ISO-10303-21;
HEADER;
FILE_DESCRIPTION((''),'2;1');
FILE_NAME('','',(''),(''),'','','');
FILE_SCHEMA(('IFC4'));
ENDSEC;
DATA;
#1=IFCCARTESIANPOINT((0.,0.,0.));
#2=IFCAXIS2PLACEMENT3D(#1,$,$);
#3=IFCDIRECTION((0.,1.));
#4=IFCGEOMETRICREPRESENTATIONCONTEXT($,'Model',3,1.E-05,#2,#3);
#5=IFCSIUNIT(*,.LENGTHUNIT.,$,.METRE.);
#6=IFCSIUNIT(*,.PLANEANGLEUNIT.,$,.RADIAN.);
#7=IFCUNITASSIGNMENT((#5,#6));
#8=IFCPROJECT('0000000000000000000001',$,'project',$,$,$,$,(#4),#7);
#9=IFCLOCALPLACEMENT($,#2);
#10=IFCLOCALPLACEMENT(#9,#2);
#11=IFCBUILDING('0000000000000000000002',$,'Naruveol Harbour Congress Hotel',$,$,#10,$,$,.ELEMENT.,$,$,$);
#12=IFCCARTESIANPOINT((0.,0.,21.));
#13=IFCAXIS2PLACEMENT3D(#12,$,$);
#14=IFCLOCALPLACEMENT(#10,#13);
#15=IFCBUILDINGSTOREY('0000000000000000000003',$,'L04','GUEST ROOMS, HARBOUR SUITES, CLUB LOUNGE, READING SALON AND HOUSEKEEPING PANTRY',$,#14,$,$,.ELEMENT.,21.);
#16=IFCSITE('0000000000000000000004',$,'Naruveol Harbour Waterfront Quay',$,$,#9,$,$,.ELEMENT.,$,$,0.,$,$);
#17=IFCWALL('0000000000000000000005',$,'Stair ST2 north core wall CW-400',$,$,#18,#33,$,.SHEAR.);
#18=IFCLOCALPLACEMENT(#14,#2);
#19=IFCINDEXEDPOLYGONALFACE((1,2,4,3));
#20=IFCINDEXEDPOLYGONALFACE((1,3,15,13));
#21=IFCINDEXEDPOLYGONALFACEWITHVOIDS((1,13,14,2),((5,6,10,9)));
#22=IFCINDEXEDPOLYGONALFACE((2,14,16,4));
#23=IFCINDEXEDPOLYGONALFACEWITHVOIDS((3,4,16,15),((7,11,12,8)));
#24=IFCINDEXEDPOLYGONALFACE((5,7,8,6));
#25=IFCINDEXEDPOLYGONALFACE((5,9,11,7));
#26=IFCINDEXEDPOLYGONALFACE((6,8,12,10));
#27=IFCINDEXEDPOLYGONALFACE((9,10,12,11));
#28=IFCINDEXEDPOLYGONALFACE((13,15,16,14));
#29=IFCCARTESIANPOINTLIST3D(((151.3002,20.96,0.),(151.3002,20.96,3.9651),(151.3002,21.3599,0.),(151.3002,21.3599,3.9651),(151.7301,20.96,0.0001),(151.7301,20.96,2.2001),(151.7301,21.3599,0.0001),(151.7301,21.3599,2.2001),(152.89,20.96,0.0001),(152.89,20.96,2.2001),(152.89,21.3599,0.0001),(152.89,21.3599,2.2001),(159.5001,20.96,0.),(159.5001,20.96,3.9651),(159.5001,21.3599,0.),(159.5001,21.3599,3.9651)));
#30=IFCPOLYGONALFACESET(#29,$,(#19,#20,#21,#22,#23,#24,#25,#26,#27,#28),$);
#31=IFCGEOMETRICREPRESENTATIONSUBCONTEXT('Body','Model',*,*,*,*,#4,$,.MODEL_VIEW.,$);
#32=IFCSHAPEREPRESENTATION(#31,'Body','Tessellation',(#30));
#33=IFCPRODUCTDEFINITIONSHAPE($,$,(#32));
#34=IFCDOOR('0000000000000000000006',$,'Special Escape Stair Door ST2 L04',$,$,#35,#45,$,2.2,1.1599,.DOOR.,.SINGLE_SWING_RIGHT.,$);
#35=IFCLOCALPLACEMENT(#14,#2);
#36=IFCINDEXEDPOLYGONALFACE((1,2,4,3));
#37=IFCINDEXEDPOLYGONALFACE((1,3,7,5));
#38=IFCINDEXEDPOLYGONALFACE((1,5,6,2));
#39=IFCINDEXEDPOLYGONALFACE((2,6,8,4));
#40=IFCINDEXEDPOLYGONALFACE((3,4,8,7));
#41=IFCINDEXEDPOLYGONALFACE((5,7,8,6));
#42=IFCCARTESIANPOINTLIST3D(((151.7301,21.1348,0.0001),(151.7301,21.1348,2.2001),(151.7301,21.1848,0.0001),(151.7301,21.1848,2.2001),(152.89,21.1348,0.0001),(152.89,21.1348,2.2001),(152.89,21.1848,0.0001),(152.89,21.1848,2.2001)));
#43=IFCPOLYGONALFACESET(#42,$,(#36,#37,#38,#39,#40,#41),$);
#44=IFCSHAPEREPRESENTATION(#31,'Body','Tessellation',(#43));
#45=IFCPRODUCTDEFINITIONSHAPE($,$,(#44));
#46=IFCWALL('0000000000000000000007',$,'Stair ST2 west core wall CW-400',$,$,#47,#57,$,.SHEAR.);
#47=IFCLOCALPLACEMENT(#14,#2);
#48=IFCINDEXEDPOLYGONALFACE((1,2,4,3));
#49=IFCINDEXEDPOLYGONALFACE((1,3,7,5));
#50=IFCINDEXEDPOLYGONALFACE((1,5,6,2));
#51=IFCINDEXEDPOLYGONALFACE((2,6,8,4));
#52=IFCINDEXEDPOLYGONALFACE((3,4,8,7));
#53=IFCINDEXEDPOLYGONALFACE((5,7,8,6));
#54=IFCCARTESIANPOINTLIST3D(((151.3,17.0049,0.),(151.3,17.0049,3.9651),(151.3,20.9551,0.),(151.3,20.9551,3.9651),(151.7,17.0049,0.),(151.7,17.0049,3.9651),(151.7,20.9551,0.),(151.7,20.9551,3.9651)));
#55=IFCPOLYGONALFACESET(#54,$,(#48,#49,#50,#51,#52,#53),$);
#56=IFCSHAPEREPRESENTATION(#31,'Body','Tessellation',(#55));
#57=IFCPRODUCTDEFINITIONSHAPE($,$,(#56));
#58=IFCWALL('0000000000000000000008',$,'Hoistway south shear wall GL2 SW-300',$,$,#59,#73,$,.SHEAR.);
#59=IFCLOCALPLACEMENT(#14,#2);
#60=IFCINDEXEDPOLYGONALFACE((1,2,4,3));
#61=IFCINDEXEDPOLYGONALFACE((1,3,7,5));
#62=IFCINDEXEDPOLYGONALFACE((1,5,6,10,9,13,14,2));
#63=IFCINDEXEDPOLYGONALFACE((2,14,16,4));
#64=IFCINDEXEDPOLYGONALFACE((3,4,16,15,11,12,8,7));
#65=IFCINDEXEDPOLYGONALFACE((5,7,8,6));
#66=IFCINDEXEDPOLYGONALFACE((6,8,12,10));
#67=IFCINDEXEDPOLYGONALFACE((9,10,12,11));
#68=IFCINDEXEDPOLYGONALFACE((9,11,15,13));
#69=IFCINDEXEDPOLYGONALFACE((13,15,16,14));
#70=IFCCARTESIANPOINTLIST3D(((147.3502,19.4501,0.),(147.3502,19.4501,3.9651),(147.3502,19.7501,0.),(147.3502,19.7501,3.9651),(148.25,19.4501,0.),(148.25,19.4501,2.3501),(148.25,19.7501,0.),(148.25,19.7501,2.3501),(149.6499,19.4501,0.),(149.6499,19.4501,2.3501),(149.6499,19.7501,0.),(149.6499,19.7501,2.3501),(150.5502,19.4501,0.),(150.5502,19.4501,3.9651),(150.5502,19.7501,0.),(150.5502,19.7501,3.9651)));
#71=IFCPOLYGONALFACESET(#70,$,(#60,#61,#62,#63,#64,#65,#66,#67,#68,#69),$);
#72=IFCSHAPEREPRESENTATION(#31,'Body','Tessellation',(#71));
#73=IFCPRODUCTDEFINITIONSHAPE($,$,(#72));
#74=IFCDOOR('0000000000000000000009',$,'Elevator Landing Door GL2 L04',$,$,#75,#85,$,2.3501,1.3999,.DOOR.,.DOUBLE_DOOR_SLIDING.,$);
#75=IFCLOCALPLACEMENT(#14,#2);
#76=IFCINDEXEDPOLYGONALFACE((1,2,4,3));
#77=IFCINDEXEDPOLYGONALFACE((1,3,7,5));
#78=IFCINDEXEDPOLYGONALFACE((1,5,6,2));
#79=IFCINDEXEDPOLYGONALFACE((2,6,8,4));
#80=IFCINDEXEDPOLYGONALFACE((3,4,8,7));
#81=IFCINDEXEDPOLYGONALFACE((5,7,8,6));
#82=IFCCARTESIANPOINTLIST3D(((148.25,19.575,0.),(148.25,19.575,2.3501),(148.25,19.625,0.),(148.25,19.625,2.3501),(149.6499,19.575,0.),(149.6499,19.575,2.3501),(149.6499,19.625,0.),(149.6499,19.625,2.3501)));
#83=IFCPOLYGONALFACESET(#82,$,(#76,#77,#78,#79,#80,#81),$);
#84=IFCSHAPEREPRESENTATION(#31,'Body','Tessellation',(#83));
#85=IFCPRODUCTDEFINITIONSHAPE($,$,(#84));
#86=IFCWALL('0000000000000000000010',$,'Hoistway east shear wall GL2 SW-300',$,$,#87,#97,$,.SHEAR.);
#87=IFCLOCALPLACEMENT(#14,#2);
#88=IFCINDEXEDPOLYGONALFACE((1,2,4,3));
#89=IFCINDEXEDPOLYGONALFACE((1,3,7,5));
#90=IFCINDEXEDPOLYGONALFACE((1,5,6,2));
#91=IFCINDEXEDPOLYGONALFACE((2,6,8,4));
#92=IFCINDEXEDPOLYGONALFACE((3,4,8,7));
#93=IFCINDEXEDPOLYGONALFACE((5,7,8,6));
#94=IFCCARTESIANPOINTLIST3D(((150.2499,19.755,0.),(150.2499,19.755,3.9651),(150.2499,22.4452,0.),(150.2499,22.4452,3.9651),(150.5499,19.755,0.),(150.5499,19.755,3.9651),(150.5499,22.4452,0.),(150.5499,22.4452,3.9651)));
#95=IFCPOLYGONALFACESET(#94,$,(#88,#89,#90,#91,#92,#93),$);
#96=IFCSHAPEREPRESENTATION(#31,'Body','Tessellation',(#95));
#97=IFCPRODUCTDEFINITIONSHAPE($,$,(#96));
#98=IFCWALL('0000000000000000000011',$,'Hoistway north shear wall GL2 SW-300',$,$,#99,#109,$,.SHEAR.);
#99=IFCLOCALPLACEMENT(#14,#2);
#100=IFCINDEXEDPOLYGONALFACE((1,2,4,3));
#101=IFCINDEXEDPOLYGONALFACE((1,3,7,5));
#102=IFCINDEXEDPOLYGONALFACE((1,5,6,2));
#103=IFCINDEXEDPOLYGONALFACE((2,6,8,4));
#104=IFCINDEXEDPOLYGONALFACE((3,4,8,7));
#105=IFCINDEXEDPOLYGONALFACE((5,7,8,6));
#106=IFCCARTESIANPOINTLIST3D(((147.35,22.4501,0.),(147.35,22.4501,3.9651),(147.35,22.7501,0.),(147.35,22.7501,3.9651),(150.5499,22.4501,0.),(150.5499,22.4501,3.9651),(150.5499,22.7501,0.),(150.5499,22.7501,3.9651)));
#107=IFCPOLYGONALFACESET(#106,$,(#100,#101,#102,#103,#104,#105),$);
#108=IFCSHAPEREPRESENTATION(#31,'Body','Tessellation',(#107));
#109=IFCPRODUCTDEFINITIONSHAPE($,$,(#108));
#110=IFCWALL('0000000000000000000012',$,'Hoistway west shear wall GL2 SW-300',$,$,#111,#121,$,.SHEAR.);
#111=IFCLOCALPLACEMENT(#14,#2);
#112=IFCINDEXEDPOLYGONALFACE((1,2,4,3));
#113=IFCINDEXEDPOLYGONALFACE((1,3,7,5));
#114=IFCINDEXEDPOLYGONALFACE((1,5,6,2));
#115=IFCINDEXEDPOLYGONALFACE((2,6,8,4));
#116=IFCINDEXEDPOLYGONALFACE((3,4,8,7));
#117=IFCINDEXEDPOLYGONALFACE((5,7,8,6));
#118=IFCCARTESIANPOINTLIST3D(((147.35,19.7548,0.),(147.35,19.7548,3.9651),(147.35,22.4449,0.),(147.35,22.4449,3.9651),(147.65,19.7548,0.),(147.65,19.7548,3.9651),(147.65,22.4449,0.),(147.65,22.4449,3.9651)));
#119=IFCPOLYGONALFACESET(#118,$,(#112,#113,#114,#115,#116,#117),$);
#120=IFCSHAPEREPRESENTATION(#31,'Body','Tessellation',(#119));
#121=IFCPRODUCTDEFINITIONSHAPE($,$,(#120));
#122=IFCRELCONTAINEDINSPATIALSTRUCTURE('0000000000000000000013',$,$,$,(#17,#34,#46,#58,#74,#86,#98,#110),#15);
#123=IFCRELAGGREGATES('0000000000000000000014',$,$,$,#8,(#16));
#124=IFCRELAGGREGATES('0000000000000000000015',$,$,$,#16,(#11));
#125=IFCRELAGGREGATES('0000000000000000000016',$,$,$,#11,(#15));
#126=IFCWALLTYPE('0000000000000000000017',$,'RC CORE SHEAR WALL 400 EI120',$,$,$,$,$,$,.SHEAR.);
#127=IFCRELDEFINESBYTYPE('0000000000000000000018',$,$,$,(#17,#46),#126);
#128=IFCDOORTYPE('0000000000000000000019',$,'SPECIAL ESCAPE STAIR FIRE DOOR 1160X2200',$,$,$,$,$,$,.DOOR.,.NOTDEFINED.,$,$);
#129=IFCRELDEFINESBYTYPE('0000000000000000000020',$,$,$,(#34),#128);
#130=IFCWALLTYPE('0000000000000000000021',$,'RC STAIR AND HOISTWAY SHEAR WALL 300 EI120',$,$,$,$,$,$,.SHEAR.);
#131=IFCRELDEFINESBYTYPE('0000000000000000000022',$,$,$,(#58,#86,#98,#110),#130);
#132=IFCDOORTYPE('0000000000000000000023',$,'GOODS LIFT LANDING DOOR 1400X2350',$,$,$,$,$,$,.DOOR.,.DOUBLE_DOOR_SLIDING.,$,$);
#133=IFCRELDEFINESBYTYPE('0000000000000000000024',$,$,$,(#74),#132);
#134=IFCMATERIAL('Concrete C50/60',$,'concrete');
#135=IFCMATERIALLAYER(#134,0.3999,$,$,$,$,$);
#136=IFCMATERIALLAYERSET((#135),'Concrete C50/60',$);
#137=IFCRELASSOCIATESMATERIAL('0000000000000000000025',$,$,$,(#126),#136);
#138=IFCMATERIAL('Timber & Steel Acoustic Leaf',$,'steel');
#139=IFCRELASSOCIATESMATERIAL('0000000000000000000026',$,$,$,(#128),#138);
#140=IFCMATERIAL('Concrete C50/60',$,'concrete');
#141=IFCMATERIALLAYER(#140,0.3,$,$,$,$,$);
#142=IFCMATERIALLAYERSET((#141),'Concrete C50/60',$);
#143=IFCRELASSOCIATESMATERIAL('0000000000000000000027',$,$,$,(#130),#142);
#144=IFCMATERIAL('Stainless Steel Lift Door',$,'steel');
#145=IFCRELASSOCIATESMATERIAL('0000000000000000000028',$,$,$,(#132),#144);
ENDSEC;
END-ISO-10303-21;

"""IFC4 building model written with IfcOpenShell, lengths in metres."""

from ifc_helpers import new_model, si_unit, direction, frame, frame_2d, origin, place, context, subcontext, project, spatial, rectangle, extrude, material, layer, layer_set, type_object, element, fill, save


model = new_model("IFC4")

# Units and contexts
model_context = context("Model", 3, precision=1e-05, world=origin(), true_north=direction((0.0, 1.0)))
body_context = subcontext(model_context, "Body", "Model", "MODEL_VIEW")
ifc_project = project(units=[si_unit("LENGTHUNIT", "METRE"), si_unit("PLANEANGLEUNIT", "RADIAN")], contexts=[model_context])

# Site, building, storey
site_placement = place(None, origin())
site = spatial("IfcSite", under=ifc_project, at=site_placement, Name="Naruveol Harbour Waterfront Quay", CompositionType="ELEMENT", RefElevation=0.0)
building_placement = place(site_placement, origin())
building = spatial("IfcBuilding", under=site, at=building_placement, Name="Naruveol Harbour Congress Hotel", CompositionType="ELEMENT")
storey_placement = place(building_placement, frame((0.0, 0.0, 21.0)))
storey = spatial("IfcBuildingStorey", under=building, at=storey_placement, Name="L04", Description="GUEST ROOMS, HARBOUR SUITES, CLUB LOUNGE, READING SALON AND HOUSEKEEPING PANTRY", CompositionType="ELEMENT", Elevation=21.0)

# Shared definitions
ifc_material_1 = material(Name="Concrete C50/60", Category="concrete")
ifc_layer_1 = layer(ifc_material_1, 0.3999)
ifc_layer_set_1 = layer_set([ifc_layer_1], Name="Concrete C50/60")
wall_type_1 = type_object("IfcWallType", Name="RC CORE SHEAR WALL 400 EI120", PredefinedType="SHEAR", material=ifc_layer_set_1)

# Wall, opening, door
wall_1_placement = place(storey_placement, frame((151.3, 21.1599, 0.0), z_axis=(0.0, 0.0, 1.0), x_axis=(1.0, 0.0, 0.0)))
wall_1 = element("IfcWall", 1, at=wall_1_placement, inside=storey, type_object=wall_type_1, Name="Stair ST2 north core wall CW-400", PredefinedType="SHEAR", context=body_context, shape_type="SweptSolid", body=[
    extrude(rectangle(XDim=8.2, YDim=0.3999, at=frame_2d((4.1001, 0.0))), origin(), (0.0, 0.0, 1.0), 3.9651),
])
opening_1_placement = place(wall_1_placement, frame((0.4299, 0.0, 0.0)))
opening_1 = element("IfcOpeningElement", 2, at=opening_1_placement, cuts=wall_1, PredefinedType="OPENING", context=body_context, shape_type="SweptSolid", body=[
    extrude(rectangle(XDim=1.1599, YDim=2.2, at=frame_2d((0.5801, 1.1001))), frame((0.0, 0.21, 0.0), z_axis=(0.0, -1.0, 0.0), x_axis=(1.0, 0.0, 0.0)), (0.0, 0.0, 1.0), 0.4199),
])
ifc_material_2 = material(Name="Timber & Steel Acoustic Leaf", Category="steel")
door_type_1 = type_object("IfcDoorType", Name="SPECIAL ESCAPE STAIR FIRE DOOR 1160X2200", OperationType="NOTDEFINED", PredefinedType="DOOR", material=ifc_material_2)
door_1_placement = place(opening_1_placement, origin())
door_1 = element("IfcDoor", 3, at=door_1_placement, inside=storey, type_object=door_type_1, Name="Special Escape Stair Door ST2 L04", OperationType="SINGLE_SWING_RIGHT", OverallHeight=2.2, OverallWidth=1.1599, PredefinedType="DOOR", context=body_context, shape_type="SweptSolid", body=[
    extrude(rectangle(XDim=1.1599, YDim=2.2, at=frame_2d((0.5801, 1.1001))), frame((0.0, 0.0249, 0.0), z_axis=(0.0, -1.0, 0.0), x_axis=(1.0, 0.0, 0.0)), (0.0, 0.0, 1.0), 0.05),
])
fill(opening_1, door_1)

# Wall
wall_2_placement = place(storey_placement, frame((151.5, 17.0049, 0.0), z_axis=(0.0, 0.0, 1.0), x_axis=(0.0, 1.0, 0.0)))
element("IfcWall", 4, at=wall_2_placement, inside=storey, type_object=wall_type_1, Name="Stair ST2 west core wall CW-400", PredefinedType="SHEAR", context=body_context, shape_type="SweptSolid", body=[
    extrude(rectangle(XDim=3.9502, YDim=0.3999, at=frame_2d((1.9751, 0.0))), origin(), (0.0, 0.0, 1.0), 3.9651),
])

# Wall, opening, door
ifc_material_3 = material(Name="Concrete C50/60", Category="concrete")
ifc_layer_2 = layer(ifc_material_3, 0.3)
ifc_layer_set_2 = layer_set([ifc_layer_2], Name="Concrete C50/60")
wall_type_2 = type_object("IfcWallType", Name="RC STAIR AND HOISTWAY SHEAR WALL 300 EI120", PredefinedType="SHEAR", material=ifc_layer_set_2)
wall_3_placement = place(storey_placement, frame((147.3501, 19.6001, 0.0), z_axis=(0.0, 0.0, 1.0), x_axis=(1.0, 0.0, 0.0)))
wall_3 = element("IfcWall", 5, at=wall_3_placement, inside=storey, type_object=wall_type_2, Name="Hoistway south shear wall GL2 SW-300", PredefinedType="SHEAR", context=body_context, shape_type="SweptSolid", body=[
    extrude(rectangle(XDim=3.2, YDim=0.3, at=frame_2d((1.6001, 0.0))), origin(), (0.0, 0.0, 1.0), 3.9651),
])
opening_2_placement = place(wall_3_placement, frame((0.8999, 0.0, 0.0)))
opening_2 = element("IfcOpeningElement", 6, at=opening_2_placement, cuts=wall_3, PredefinedType="OPENING", context=body_context, shape_type="SweptSolid", body=[
    extrude(rectangle(XDim=1.3999, YDim=2.3501, at=frame_2d((0.7, 1.175))), frame((0.0, 0.1599, 0.0), z_axis=(0.0, -1.0, 0.0), x_axis=(1.0, 0.0, 0.0)), (0.0, 0.0, 1.0), 0.3201),
])
ifc_material_4 = material(Name="Stainless Steel Lift Door", Category="steel")
door_type_2 = type_object("IfcDoorType", Name="GOODS LIFT LANDING DOOR 1400X2350", OperationType="DOUBLE_DOOR_SLIDING", PredefinedType="DOOR", material=ifc_material_4)
door_2_placement = place(opening_2_placement, origin())
door_2 = element("IfcDoor", 7, at=door_2_placement, inside=storey, type_object=door_type_2, Name="Elevator Landing Door GL2 L04", OperationType="DOUBLE_DOOR_SLIDING", OverallHeight=2.3501, OverallWidth=1.3999, PredefinedType="DOOR", context=body_context, shape_type="SweptSolid", body=[
    extrude(rectangle(XDim=1.3999, YDim=2.3501, at=frame_2d((0.7, 1.175))), frame((0.0, 0.0249, 0.0), z_axis=(0.0, -1.0, 0.0), x_axis=(1.0, 0.0, 0.0)), (0.0, 0.0, 1.0), 0.05),
])
fill(opening_2, door_2)

# Walls
wall_4_placement = place(storey_placement, frame((150.3999, 19.7549, 0.0), z_axis=(0.0, 0.0, 1.0), x_axis=(0.0, 1.0, 0.0)))
element("IfcWall", 8, at=wall_4_placement, inside=storey, type_object=wall_type_2, Name="Hoistway east shear wall GL2 SW-300", PredefinedType="SHEAR", context=body_context, shape_type="SweptSolid", body=[
    extrude(rectangle(XDim=2.6902, YDim=0.3, at=frame_2d((1.3452, 0.0))), origin(), (0.0, 0.0, 1.0), 3.9651),
])
wall_5_placement = place(storey_placement, frame((150.55, 22.6001, 0.0), z_axis=(0.0, 0.0, 1.0), x_axis=(-1.0, 0.0, 0.0)))
element("IfcWall", 9, at=wall_5_placement, inside=storey, type_object=wall_type_2, Name="Hoistway north shear wall GL2 SW-300", PredefinedType="SHEAR", context=body_context, shape_type="SweptSolid", body=[
    extrude(rectangle(XDim=3.2, YDim=0.3, at=frame_2d((1.6001, 0.0))), origin(), (0.0, 0.0, 1.0), 3.9651),
])
wall_6_placement = place(storey_placement, frame((147.5, 22.4451, 0.0), z_axis=(0.0, 0.0, 1.0), x_axis=(0.0, -1.0, 0.0)))
element("IfcWall", 10, at=wall_6_placement, inside=storey, type_object=wall_type_2, Name="Hoistway west shear wall GL2 SW-300", PredefinedType="SHEAR", context=body_context, shape_type="SweptSolid", body=[
    extrude(rectangle(XDim=2.6902, YDim=0.3, at=frame_2d((1.3452, 0.0))), origin(), (0.0, 0.0, 1.0), 3.9651),
])

save(model, "model.ifc")
